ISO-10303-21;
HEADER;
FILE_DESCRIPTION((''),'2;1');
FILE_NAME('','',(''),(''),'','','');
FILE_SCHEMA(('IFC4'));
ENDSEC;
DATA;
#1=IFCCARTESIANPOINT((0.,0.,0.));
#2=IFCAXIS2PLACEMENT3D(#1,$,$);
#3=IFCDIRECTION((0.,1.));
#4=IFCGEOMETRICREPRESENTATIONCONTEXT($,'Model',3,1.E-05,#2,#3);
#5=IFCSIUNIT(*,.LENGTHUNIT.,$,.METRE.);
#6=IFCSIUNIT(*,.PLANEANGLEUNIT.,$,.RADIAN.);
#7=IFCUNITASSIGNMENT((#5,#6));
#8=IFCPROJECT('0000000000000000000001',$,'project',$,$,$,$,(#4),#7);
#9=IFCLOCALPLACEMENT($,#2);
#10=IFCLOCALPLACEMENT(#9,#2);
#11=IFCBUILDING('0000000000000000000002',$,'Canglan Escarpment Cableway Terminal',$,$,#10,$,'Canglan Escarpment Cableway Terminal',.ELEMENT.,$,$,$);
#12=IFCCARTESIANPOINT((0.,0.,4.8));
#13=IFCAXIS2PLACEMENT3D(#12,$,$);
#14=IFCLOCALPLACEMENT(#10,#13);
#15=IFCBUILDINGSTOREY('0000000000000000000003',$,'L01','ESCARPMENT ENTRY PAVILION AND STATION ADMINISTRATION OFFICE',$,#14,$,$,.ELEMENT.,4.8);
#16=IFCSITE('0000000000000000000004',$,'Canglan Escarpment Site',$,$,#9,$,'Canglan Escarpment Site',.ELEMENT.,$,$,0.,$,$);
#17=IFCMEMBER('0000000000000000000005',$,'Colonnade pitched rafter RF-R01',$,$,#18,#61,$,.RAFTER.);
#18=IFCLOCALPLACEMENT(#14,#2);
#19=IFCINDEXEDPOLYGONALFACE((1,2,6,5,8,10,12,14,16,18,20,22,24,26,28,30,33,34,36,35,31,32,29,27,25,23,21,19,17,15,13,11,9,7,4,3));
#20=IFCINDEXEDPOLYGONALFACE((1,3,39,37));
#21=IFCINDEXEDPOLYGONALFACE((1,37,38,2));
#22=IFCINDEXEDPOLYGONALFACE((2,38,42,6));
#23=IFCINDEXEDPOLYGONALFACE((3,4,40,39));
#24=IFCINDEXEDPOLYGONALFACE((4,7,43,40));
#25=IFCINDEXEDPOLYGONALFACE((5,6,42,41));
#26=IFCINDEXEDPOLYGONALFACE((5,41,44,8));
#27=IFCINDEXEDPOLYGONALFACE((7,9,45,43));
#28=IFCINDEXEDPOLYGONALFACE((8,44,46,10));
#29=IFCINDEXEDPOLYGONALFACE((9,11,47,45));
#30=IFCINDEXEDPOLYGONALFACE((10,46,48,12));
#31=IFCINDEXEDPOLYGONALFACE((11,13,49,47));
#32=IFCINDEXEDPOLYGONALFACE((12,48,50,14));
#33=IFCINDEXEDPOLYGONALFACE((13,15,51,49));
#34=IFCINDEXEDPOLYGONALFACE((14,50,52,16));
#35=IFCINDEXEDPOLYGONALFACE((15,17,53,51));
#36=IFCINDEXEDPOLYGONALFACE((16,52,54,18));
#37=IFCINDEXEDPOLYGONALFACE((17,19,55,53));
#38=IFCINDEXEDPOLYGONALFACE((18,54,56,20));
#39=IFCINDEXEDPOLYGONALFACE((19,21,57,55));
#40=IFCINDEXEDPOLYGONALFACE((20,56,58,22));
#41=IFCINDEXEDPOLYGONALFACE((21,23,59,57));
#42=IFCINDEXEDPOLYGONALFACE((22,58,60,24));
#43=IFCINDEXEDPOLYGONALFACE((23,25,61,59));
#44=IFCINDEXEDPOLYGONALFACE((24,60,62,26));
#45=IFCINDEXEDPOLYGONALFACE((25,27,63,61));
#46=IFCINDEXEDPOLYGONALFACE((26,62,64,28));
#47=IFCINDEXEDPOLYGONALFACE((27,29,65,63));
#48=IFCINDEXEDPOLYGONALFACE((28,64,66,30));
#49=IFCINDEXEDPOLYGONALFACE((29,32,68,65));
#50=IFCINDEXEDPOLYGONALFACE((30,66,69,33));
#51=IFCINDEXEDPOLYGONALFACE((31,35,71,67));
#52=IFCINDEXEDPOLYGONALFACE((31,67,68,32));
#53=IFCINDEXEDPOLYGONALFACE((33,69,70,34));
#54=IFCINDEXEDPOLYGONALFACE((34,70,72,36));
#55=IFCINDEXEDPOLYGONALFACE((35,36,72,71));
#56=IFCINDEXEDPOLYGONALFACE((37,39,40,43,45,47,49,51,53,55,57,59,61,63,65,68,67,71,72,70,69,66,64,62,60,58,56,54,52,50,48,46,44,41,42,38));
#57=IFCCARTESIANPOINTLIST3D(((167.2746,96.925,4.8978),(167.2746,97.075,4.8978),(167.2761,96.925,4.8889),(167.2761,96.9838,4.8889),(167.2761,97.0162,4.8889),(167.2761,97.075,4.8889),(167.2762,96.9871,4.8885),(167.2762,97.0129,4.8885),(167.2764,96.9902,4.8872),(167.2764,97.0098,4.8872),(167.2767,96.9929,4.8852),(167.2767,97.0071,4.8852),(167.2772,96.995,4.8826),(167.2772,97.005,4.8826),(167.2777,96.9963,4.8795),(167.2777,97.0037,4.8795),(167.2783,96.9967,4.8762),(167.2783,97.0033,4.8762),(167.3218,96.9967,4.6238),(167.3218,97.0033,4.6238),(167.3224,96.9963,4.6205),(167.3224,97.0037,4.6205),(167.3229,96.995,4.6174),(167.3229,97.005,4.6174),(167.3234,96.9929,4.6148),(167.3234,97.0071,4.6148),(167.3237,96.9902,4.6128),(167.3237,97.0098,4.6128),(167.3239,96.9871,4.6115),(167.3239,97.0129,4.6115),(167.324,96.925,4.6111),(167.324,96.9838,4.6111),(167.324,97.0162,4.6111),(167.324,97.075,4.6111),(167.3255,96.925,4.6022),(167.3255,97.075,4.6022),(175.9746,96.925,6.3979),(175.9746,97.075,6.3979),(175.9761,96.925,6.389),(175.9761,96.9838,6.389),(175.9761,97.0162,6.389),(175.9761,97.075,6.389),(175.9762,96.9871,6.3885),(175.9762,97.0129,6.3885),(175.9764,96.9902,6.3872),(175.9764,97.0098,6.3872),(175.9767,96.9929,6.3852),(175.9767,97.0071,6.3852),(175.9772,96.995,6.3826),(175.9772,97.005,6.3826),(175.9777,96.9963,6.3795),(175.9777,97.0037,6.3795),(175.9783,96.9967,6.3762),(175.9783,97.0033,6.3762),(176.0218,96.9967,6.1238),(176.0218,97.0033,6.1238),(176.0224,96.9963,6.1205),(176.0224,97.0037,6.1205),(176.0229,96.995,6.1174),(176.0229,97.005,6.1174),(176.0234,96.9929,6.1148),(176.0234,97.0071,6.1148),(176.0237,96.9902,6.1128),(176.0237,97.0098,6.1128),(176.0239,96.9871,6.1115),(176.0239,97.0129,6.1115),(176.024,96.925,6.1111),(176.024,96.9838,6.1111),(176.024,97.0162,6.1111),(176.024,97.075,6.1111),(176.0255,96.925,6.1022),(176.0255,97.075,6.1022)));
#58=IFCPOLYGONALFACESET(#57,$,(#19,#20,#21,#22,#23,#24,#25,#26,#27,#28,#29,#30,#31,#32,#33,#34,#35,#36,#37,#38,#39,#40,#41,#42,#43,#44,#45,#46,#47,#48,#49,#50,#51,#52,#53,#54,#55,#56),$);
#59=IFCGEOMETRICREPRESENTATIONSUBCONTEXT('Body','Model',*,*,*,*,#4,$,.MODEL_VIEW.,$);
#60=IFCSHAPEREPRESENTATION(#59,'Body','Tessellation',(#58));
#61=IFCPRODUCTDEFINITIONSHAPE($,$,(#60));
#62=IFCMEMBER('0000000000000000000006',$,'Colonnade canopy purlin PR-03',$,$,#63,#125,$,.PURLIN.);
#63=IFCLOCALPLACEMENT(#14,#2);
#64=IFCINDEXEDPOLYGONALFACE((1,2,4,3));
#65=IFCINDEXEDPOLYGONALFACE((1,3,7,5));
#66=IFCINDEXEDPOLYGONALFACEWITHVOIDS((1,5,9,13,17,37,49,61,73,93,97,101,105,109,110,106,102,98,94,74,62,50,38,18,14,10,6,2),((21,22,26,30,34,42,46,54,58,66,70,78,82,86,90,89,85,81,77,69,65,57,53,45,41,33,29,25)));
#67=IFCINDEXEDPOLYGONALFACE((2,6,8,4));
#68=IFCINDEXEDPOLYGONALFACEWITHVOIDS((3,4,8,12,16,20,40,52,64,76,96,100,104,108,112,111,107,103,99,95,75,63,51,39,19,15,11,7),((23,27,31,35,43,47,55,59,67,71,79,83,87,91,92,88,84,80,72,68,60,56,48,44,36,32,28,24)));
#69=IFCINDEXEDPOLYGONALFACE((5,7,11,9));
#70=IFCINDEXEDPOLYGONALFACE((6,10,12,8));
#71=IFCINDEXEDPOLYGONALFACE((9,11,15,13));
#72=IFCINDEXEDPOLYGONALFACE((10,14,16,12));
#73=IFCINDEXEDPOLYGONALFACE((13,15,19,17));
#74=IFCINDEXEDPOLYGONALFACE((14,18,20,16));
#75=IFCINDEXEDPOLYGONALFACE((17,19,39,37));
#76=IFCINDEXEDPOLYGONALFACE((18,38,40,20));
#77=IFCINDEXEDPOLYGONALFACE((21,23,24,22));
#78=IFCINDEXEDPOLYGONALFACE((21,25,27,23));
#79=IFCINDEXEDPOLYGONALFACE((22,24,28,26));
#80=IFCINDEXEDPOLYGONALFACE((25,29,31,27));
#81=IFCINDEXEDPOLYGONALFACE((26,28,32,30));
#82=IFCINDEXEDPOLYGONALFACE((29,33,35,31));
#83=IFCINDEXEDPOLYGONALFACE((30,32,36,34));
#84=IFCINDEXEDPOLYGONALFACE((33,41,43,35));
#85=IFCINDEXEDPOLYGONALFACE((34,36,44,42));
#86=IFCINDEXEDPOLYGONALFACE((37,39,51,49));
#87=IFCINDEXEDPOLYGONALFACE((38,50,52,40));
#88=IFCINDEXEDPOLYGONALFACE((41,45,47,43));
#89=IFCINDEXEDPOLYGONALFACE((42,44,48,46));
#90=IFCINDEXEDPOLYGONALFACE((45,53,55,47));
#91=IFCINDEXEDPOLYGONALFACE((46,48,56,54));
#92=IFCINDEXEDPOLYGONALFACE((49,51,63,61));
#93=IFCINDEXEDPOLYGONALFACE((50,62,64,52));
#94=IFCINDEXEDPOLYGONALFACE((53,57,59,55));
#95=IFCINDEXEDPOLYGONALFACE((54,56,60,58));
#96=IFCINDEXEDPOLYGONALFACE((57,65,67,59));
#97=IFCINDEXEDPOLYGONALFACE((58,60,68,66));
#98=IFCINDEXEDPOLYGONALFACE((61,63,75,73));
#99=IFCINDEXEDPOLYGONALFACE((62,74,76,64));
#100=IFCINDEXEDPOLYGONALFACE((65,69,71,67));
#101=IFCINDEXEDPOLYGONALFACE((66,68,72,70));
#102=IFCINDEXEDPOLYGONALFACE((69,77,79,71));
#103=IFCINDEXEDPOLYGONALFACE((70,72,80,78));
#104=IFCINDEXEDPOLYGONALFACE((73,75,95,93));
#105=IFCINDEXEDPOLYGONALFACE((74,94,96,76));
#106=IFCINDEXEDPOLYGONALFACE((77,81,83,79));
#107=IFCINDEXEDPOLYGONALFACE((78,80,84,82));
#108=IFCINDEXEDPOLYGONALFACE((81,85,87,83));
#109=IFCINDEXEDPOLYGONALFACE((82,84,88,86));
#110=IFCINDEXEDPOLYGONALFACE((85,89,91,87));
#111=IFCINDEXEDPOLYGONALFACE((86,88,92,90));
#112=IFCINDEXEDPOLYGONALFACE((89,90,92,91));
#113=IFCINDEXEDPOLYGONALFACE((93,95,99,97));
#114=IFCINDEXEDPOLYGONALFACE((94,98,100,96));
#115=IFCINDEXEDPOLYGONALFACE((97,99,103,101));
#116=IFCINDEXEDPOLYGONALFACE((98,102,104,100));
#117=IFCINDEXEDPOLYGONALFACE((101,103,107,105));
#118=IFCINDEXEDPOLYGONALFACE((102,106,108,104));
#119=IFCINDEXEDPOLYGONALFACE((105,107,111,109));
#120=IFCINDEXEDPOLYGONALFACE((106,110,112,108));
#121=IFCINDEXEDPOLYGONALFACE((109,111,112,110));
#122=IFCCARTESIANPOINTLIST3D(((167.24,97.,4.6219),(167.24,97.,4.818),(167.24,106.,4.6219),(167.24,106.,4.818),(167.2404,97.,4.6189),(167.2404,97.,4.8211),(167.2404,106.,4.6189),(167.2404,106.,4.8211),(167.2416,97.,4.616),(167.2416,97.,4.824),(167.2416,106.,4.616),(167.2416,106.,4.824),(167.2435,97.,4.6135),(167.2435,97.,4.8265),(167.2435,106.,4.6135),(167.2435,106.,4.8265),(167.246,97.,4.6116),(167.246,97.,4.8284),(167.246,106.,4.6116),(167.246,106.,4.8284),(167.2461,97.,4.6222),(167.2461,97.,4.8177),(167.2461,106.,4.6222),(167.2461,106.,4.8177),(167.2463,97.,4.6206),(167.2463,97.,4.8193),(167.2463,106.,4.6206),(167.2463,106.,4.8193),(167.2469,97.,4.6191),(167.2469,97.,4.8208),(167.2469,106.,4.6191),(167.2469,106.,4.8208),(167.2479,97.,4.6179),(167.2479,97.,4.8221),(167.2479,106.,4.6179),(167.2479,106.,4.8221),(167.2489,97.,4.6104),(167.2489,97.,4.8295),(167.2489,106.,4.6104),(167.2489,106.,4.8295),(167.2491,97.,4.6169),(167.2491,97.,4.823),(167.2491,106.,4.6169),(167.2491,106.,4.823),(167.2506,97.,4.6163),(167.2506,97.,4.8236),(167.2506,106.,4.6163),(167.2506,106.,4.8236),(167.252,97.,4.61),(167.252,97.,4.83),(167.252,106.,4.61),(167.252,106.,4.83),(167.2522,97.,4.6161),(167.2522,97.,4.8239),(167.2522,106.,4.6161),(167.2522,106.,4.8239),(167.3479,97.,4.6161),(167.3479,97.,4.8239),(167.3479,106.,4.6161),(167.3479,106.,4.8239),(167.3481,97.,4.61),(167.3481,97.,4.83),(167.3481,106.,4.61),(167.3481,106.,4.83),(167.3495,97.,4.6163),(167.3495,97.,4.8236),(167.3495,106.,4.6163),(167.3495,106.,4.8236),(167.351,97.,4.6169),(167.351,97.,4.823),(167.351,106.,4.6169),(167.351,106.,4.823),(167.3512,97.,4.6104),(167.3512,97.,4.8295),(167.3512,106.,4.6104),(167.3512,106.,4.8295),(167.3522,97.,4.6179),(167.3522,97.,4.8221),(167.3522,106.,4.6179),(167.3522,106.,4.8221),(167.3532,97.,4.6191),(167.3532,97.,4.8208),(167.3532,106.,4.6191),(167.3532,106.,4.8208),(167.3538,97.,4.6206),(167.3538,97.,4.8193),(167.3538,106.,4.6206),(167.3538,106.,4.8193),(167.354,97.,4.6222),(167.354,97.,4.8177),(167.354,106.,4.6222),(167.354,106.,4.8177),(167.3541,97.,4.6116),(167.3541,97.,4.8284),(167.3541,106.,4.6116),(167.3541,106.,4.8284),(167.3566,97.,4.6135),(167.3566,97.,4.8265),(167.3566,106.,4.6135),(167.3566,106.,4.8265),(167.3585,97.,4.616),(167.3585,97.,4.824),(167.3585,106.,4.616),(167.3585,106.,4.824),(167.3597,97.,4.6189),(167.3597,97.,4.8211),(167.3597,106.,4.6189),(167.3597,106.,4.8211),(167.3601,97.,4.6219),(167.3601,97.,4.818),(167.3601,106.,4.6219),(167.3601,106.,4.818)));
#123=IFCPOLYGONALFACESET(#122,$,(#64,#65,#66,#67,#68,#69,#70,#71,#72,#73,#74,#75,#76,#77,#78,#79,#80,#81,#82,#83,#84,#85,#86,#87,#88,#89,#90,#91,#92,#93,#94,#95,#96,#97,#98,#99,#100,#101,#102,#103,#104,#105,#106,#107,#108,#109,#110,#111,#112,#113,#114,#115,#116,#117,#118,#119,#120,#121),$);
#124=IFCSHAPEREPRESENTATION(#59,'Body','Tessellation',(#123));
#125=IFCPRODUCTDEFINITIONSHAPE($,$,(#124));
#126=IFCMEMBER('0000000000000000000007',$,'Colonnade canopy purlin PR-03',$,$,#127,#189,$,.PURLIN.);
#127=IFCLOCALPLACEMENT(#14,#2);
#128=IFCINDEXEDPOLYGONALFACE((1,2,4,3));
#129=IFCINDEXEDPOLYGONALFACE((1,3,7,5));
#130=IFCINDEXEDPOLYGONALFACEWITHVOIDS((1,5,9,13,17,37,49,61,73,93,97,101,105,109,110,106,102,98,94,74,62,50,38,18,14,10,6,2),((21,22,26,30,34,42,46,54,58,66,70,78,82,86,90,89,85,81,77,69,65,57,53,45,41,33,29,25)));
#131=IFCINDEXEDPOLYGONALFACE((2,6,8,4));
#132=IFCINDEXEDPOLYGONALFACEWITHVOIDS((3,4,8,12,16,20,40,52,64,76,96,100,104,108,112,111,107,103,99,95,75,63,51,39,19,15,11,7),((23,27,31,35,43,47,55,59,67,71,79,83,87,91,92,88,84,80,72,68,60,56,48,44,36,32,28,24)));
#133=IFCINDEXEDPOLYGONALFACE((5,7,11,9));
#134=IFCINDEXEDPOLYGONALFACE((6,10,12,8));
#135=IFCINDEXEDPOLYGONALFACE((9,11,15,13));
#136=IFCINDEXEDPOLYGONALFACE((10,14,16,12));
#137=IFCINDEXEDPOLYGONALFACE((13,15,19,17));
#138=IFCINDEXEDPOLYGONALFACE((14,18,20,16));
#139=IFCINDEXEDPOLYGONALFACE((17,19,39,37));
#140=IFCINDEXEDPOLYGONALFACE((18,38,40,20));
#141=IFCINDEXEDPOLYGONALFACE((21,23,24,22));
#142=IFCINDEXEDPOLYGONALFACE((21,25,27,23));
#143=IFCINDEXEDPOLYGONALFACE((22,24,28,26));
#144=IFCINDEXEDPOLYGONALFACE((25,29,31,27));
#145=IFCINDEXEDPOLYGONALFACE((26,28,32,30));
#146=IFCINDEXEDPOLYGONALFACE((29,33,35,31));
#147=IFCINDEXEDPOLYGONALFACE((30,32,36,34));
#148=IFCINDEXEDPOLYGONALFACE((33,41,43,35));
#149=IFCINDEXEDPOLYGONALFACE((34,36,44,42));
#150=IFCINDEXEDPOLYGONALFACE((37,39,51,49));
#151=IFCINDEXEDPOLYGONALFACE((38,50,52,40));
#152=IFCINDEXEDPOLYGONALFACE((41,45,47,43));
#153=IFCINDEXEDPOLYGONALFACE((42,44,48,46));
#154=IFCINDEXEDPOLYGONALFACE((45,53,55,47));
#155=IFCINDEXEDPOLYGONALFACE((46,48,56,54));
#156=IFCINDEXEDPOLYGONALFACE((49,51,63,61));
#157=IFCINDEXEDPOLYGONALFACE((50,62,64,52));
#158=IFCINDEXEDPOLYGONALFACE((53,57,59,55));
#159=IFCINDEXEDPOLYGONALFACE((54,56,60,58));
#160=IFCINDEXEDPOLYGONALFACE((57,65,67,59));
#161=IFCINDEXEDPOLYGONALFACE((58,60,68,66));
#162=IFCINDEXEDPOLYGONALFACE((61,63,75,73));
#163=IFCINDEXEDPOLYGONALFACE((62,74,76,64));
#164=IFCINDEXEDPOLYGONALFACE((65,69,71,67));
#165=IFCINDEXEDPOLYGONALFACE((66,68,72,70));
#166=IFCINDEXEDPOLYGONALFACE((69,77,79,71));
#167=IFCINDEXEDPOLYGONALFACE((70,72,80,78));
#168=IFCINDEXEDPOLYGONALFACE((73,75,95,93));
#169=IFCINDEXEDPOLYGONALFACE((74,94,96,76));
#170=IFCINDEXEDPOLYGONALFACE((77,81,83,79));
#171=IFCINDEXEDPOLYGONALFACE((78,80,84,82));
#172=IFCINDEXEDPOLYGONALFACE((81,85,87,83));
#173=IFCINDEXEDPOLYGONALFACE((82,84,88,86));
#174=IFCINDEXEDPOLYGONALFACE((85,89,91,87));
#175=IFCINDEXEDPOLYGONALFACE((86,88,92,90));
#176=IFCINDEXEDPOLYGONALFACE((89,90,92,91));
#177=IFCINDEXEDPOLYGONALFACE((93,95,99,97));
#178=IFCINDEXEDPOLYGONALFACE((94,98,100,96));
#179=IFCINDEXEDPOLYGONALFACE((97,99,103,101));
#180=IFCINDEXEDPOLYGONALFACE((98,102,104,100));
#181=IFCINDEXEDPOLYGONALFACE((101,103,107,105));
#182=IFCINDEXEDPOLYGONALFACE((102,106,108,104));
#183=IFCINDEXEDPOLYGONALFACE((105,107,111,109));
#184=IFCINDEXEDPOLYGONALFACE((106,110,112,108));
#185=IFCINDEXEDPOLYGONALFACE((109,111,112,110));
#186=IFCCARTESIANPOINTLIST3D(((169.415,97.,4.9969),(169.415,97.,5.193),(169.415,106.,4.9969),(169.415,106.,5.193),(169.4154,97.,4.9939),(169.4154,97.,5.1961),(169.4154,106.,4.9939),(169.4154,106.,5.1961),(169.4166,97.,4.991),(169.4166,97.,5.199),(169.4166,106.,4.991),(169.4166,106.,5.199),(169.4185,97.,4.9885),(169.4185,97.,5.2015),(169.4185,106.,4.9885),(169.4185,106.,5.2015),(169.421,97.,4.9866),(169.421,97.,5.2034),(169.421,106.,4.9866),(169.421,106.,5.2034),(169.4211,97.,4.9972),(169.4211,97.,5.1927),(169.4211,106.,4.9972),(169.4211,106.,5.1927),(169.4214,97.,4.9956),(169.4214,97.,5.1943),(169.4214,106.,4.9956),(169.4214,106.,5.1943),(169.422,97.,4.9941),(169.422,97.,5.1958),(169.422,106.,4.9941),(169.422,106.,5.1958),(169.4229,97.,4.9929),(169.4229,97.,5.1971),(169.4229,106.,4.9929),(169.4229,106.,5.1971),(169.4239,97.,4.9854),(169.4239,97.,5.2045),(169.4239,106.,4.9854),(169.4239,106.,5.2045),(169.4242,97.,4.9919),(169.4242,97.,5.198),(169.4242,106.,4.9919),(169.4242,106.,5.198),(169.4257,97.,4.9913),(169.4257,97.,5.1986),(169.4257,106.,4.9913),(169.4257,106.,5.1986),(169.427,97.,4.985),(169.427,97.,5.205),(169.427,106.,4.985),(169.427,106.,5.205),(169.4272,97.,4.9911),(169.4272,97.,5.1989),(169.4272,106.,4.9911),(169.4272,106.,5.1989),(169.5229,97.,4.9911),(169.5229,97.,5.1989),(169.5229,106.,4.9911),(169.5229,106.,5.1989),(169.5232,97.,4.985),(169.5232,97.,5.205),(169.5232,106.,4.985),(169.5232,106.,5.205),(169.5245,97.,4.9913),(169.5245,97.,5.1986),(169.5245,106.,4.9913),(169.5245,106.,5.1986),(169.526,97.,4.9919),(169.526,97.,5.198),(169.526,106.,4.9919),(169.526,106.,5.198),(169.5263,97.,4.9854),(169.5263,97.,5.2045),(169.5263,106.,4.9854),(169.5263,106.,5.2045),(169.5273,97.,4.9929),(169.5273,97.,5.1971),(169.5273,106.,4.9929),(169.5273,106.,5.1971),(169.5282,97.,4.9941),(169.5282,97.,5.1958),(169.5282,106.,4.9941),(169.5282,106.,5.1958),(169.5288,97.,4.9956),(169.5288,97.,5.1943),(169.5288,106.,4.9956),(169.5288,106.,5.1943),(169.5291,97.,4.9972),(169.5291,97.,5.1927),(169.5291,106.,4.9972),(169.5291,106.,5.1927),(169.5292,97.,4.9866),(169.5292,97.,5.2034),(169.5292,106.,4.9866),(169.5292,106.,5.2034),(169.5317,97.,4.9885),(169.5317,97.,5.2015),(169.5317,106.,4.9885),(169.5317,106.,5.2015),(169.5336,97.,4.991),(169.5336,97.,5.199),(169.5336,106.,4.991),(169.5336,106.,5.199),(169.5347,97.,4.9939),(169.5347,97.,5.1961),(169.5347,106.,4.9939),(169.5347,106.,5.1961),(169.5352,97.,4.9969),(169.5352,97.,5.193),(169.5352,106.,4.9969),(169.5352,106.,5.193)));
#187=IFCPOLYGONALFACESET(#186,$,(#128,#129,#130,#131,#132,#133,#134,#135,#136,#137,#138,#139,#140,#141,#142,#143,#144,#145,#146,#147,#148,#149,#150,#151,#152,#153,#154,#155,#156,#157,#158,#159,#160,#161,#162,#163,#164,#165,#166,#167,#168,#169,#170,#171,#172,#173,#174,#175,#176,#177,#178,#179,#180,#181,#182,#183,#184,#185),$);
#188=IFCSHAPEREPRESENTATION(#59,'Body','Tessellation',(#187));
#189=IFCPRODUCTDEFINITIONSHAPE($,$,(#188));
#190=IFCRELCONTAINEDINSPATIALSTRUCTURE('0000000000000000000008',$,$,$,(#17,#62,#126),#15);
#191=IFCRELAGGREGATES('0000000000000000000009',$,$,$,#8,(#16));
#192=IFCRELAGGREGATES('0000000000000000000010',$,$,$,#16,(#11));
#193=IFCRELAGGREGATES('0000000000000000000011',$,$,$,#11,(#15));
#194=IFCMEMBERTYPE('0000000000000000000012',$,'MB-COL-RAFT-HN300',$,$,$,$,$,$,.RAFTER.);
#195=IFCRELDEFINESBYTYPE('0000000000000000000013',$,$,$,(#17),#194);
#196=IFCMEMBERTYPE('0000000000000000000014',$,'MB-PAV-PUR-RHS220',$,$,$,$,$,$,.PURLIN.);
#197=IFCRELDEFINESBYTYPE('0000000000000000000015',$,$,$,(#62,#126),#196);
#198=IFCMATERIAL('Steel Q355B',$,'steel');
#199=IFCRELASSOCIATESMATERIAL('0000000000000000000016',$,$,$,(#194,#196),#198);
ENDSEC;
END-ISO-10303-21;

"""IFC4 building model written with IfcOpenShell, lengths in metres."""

from ifc_helpers import new_model, si_unit, direction, frame, origin, origin_2d, place, context, subcontext, project, spatial, hollow_rectangle, i_section, extrude, material, material_profile, profile_set, type_object, element, save


model = new_model("IFC4")

# Units and contexts
model_context = context("Model", 3, precision=1e-05, world=origin(), true_north=direction((0.0, 1.0)))
body_context = subcontext(model_context, "Body", "Model", "MODEL_VIEW")
ifc_project = project(units=[si_unit("LENGTHUNIT", "METRE"), si_unit("PLANEANGLEUNIT", "RADIAN")], contexts=[model_context])

# Site, building, storey
site_placement = place(None, origin())
site = spatial("IfcSite", under=ifc_project, at=site_placement, Name="Canglan Escarpment Site", LongName="Canglan Escarpment Site", CompositionType="ELEMENT", RefElevation=0.0)
building_placement = place(site_placement, origin())
building = spatial("IfcBuilding", under=site, at=building_placement, Name="Canglan Escarpment Cableway Terminal", LongName="Canglan Escarpment Cableway Terminal", CompositionType="ELEMENT")
storey_placement = place(building_placement, frame((0.0, 0.0, 4.8)))
storey = spatial("IfcBuildingStorey", under=building, at=storey_placement, Name="L01", Description="ESCARPMENT ENTRY PAVILION AND STATION ADMINISTRATION OFFICE", CompositionType="ELEMENT", Elevation=4.8)

# Shared definitions
ifc_material_1 = material(Name="Steel Q355B", Category="steel")

# Members
ifc_material_profile_1 = material_profile(ifc_material_1, i_section(OverallWidth=0.1499, OverallDepth=0.3, WebThickness=0.0066, FlangeThickness=0.009, FilletRadius=0.0129, at=origin_2d()), Name="HN 300x150x6.5x9")
ifc_profile_set_1 = profile_set([ifc_material_profile_1], Name="Steel Q355B")
member_type_1 = type_object("IfcMemberType", Name="MB-COL-RAFT-HN300", PredefinedType="RAFTER", material=ifc_profile_set_1)
member_placement = place(storey_placement, frame((167.3, 97.0, 4.75), z_axis=(0.98546, 0.0, 0.169908), x_axis=(0.0, 1.0, 0.0)))
element("IfcMember", 1, at=member_placement, inside=storey, type_object=member_type_1, Name="Colonnade pitched rafter RF-R01", PredefinedType="RAFTER", context=body_context, shape_type="SweptSolid", body=[
    extrude(i_section(OverallWidth=0.1499, OverallDepth=0.3, WebThickness=0.0066, FlangeThickness=0.009, FilletRadius=0.0129, at=origin_2d()), origin(), (0.0, 0.0, 1.0), 8.8284),
])
ifc_material_profile_2 = material_profile(ifc_material_1, hollow_rectangle(XDim=0.1201, YDim=0.22, WallThickness=0.0061, InnerFilletRadius=0.0061, OuterFilletRadius=0.012, at=origin_2d()), Name="RHS 220x120x6")
ifc_profile_set_2 = profile_set([ifc_material_profile_2], Name="Steel Q355B")
member_type_2 = type_object("IfcMemberType", Name="MB-PAV-PUR-RHS220", PredefinedType="PURLIN", material=ifc_profile_set_2)
for number, where, z_axis, x_axis, name in (
    (2, (167.3, 97.0, 4.72), (0.0, 1.0, 0.0), (-1.0, 0.0, 0.0), "Colonnade canopy purlin PR-03"),
    (3, (169.4751, 97.0, 5.095), (0.0, 1.0, 0.0), (-1.0, 0.0, 0.0), "Colonnade canopy purlin PR-03"),
):
    element("IfcMember", number, at=place(storey_placement, frame(where, z_axis=z_axis, x_axis=x_axis)), inside=storey, type_object=member_type_2, Name=name, PredefinedType="PURLIN", context=body_context, shape_type="SweptSolid", body=[
        extrude(hollow_rectangle(XDim=0.1201, YDim=0.22, WallThickness=0.0061, InnerFilletRadius=0.0061, OuterFilletRadius=0.012, at=origin_2d()), origin(), (0.0, 0.0, 1.0), 9.0),
    ])

save(model, "model.ifc")
